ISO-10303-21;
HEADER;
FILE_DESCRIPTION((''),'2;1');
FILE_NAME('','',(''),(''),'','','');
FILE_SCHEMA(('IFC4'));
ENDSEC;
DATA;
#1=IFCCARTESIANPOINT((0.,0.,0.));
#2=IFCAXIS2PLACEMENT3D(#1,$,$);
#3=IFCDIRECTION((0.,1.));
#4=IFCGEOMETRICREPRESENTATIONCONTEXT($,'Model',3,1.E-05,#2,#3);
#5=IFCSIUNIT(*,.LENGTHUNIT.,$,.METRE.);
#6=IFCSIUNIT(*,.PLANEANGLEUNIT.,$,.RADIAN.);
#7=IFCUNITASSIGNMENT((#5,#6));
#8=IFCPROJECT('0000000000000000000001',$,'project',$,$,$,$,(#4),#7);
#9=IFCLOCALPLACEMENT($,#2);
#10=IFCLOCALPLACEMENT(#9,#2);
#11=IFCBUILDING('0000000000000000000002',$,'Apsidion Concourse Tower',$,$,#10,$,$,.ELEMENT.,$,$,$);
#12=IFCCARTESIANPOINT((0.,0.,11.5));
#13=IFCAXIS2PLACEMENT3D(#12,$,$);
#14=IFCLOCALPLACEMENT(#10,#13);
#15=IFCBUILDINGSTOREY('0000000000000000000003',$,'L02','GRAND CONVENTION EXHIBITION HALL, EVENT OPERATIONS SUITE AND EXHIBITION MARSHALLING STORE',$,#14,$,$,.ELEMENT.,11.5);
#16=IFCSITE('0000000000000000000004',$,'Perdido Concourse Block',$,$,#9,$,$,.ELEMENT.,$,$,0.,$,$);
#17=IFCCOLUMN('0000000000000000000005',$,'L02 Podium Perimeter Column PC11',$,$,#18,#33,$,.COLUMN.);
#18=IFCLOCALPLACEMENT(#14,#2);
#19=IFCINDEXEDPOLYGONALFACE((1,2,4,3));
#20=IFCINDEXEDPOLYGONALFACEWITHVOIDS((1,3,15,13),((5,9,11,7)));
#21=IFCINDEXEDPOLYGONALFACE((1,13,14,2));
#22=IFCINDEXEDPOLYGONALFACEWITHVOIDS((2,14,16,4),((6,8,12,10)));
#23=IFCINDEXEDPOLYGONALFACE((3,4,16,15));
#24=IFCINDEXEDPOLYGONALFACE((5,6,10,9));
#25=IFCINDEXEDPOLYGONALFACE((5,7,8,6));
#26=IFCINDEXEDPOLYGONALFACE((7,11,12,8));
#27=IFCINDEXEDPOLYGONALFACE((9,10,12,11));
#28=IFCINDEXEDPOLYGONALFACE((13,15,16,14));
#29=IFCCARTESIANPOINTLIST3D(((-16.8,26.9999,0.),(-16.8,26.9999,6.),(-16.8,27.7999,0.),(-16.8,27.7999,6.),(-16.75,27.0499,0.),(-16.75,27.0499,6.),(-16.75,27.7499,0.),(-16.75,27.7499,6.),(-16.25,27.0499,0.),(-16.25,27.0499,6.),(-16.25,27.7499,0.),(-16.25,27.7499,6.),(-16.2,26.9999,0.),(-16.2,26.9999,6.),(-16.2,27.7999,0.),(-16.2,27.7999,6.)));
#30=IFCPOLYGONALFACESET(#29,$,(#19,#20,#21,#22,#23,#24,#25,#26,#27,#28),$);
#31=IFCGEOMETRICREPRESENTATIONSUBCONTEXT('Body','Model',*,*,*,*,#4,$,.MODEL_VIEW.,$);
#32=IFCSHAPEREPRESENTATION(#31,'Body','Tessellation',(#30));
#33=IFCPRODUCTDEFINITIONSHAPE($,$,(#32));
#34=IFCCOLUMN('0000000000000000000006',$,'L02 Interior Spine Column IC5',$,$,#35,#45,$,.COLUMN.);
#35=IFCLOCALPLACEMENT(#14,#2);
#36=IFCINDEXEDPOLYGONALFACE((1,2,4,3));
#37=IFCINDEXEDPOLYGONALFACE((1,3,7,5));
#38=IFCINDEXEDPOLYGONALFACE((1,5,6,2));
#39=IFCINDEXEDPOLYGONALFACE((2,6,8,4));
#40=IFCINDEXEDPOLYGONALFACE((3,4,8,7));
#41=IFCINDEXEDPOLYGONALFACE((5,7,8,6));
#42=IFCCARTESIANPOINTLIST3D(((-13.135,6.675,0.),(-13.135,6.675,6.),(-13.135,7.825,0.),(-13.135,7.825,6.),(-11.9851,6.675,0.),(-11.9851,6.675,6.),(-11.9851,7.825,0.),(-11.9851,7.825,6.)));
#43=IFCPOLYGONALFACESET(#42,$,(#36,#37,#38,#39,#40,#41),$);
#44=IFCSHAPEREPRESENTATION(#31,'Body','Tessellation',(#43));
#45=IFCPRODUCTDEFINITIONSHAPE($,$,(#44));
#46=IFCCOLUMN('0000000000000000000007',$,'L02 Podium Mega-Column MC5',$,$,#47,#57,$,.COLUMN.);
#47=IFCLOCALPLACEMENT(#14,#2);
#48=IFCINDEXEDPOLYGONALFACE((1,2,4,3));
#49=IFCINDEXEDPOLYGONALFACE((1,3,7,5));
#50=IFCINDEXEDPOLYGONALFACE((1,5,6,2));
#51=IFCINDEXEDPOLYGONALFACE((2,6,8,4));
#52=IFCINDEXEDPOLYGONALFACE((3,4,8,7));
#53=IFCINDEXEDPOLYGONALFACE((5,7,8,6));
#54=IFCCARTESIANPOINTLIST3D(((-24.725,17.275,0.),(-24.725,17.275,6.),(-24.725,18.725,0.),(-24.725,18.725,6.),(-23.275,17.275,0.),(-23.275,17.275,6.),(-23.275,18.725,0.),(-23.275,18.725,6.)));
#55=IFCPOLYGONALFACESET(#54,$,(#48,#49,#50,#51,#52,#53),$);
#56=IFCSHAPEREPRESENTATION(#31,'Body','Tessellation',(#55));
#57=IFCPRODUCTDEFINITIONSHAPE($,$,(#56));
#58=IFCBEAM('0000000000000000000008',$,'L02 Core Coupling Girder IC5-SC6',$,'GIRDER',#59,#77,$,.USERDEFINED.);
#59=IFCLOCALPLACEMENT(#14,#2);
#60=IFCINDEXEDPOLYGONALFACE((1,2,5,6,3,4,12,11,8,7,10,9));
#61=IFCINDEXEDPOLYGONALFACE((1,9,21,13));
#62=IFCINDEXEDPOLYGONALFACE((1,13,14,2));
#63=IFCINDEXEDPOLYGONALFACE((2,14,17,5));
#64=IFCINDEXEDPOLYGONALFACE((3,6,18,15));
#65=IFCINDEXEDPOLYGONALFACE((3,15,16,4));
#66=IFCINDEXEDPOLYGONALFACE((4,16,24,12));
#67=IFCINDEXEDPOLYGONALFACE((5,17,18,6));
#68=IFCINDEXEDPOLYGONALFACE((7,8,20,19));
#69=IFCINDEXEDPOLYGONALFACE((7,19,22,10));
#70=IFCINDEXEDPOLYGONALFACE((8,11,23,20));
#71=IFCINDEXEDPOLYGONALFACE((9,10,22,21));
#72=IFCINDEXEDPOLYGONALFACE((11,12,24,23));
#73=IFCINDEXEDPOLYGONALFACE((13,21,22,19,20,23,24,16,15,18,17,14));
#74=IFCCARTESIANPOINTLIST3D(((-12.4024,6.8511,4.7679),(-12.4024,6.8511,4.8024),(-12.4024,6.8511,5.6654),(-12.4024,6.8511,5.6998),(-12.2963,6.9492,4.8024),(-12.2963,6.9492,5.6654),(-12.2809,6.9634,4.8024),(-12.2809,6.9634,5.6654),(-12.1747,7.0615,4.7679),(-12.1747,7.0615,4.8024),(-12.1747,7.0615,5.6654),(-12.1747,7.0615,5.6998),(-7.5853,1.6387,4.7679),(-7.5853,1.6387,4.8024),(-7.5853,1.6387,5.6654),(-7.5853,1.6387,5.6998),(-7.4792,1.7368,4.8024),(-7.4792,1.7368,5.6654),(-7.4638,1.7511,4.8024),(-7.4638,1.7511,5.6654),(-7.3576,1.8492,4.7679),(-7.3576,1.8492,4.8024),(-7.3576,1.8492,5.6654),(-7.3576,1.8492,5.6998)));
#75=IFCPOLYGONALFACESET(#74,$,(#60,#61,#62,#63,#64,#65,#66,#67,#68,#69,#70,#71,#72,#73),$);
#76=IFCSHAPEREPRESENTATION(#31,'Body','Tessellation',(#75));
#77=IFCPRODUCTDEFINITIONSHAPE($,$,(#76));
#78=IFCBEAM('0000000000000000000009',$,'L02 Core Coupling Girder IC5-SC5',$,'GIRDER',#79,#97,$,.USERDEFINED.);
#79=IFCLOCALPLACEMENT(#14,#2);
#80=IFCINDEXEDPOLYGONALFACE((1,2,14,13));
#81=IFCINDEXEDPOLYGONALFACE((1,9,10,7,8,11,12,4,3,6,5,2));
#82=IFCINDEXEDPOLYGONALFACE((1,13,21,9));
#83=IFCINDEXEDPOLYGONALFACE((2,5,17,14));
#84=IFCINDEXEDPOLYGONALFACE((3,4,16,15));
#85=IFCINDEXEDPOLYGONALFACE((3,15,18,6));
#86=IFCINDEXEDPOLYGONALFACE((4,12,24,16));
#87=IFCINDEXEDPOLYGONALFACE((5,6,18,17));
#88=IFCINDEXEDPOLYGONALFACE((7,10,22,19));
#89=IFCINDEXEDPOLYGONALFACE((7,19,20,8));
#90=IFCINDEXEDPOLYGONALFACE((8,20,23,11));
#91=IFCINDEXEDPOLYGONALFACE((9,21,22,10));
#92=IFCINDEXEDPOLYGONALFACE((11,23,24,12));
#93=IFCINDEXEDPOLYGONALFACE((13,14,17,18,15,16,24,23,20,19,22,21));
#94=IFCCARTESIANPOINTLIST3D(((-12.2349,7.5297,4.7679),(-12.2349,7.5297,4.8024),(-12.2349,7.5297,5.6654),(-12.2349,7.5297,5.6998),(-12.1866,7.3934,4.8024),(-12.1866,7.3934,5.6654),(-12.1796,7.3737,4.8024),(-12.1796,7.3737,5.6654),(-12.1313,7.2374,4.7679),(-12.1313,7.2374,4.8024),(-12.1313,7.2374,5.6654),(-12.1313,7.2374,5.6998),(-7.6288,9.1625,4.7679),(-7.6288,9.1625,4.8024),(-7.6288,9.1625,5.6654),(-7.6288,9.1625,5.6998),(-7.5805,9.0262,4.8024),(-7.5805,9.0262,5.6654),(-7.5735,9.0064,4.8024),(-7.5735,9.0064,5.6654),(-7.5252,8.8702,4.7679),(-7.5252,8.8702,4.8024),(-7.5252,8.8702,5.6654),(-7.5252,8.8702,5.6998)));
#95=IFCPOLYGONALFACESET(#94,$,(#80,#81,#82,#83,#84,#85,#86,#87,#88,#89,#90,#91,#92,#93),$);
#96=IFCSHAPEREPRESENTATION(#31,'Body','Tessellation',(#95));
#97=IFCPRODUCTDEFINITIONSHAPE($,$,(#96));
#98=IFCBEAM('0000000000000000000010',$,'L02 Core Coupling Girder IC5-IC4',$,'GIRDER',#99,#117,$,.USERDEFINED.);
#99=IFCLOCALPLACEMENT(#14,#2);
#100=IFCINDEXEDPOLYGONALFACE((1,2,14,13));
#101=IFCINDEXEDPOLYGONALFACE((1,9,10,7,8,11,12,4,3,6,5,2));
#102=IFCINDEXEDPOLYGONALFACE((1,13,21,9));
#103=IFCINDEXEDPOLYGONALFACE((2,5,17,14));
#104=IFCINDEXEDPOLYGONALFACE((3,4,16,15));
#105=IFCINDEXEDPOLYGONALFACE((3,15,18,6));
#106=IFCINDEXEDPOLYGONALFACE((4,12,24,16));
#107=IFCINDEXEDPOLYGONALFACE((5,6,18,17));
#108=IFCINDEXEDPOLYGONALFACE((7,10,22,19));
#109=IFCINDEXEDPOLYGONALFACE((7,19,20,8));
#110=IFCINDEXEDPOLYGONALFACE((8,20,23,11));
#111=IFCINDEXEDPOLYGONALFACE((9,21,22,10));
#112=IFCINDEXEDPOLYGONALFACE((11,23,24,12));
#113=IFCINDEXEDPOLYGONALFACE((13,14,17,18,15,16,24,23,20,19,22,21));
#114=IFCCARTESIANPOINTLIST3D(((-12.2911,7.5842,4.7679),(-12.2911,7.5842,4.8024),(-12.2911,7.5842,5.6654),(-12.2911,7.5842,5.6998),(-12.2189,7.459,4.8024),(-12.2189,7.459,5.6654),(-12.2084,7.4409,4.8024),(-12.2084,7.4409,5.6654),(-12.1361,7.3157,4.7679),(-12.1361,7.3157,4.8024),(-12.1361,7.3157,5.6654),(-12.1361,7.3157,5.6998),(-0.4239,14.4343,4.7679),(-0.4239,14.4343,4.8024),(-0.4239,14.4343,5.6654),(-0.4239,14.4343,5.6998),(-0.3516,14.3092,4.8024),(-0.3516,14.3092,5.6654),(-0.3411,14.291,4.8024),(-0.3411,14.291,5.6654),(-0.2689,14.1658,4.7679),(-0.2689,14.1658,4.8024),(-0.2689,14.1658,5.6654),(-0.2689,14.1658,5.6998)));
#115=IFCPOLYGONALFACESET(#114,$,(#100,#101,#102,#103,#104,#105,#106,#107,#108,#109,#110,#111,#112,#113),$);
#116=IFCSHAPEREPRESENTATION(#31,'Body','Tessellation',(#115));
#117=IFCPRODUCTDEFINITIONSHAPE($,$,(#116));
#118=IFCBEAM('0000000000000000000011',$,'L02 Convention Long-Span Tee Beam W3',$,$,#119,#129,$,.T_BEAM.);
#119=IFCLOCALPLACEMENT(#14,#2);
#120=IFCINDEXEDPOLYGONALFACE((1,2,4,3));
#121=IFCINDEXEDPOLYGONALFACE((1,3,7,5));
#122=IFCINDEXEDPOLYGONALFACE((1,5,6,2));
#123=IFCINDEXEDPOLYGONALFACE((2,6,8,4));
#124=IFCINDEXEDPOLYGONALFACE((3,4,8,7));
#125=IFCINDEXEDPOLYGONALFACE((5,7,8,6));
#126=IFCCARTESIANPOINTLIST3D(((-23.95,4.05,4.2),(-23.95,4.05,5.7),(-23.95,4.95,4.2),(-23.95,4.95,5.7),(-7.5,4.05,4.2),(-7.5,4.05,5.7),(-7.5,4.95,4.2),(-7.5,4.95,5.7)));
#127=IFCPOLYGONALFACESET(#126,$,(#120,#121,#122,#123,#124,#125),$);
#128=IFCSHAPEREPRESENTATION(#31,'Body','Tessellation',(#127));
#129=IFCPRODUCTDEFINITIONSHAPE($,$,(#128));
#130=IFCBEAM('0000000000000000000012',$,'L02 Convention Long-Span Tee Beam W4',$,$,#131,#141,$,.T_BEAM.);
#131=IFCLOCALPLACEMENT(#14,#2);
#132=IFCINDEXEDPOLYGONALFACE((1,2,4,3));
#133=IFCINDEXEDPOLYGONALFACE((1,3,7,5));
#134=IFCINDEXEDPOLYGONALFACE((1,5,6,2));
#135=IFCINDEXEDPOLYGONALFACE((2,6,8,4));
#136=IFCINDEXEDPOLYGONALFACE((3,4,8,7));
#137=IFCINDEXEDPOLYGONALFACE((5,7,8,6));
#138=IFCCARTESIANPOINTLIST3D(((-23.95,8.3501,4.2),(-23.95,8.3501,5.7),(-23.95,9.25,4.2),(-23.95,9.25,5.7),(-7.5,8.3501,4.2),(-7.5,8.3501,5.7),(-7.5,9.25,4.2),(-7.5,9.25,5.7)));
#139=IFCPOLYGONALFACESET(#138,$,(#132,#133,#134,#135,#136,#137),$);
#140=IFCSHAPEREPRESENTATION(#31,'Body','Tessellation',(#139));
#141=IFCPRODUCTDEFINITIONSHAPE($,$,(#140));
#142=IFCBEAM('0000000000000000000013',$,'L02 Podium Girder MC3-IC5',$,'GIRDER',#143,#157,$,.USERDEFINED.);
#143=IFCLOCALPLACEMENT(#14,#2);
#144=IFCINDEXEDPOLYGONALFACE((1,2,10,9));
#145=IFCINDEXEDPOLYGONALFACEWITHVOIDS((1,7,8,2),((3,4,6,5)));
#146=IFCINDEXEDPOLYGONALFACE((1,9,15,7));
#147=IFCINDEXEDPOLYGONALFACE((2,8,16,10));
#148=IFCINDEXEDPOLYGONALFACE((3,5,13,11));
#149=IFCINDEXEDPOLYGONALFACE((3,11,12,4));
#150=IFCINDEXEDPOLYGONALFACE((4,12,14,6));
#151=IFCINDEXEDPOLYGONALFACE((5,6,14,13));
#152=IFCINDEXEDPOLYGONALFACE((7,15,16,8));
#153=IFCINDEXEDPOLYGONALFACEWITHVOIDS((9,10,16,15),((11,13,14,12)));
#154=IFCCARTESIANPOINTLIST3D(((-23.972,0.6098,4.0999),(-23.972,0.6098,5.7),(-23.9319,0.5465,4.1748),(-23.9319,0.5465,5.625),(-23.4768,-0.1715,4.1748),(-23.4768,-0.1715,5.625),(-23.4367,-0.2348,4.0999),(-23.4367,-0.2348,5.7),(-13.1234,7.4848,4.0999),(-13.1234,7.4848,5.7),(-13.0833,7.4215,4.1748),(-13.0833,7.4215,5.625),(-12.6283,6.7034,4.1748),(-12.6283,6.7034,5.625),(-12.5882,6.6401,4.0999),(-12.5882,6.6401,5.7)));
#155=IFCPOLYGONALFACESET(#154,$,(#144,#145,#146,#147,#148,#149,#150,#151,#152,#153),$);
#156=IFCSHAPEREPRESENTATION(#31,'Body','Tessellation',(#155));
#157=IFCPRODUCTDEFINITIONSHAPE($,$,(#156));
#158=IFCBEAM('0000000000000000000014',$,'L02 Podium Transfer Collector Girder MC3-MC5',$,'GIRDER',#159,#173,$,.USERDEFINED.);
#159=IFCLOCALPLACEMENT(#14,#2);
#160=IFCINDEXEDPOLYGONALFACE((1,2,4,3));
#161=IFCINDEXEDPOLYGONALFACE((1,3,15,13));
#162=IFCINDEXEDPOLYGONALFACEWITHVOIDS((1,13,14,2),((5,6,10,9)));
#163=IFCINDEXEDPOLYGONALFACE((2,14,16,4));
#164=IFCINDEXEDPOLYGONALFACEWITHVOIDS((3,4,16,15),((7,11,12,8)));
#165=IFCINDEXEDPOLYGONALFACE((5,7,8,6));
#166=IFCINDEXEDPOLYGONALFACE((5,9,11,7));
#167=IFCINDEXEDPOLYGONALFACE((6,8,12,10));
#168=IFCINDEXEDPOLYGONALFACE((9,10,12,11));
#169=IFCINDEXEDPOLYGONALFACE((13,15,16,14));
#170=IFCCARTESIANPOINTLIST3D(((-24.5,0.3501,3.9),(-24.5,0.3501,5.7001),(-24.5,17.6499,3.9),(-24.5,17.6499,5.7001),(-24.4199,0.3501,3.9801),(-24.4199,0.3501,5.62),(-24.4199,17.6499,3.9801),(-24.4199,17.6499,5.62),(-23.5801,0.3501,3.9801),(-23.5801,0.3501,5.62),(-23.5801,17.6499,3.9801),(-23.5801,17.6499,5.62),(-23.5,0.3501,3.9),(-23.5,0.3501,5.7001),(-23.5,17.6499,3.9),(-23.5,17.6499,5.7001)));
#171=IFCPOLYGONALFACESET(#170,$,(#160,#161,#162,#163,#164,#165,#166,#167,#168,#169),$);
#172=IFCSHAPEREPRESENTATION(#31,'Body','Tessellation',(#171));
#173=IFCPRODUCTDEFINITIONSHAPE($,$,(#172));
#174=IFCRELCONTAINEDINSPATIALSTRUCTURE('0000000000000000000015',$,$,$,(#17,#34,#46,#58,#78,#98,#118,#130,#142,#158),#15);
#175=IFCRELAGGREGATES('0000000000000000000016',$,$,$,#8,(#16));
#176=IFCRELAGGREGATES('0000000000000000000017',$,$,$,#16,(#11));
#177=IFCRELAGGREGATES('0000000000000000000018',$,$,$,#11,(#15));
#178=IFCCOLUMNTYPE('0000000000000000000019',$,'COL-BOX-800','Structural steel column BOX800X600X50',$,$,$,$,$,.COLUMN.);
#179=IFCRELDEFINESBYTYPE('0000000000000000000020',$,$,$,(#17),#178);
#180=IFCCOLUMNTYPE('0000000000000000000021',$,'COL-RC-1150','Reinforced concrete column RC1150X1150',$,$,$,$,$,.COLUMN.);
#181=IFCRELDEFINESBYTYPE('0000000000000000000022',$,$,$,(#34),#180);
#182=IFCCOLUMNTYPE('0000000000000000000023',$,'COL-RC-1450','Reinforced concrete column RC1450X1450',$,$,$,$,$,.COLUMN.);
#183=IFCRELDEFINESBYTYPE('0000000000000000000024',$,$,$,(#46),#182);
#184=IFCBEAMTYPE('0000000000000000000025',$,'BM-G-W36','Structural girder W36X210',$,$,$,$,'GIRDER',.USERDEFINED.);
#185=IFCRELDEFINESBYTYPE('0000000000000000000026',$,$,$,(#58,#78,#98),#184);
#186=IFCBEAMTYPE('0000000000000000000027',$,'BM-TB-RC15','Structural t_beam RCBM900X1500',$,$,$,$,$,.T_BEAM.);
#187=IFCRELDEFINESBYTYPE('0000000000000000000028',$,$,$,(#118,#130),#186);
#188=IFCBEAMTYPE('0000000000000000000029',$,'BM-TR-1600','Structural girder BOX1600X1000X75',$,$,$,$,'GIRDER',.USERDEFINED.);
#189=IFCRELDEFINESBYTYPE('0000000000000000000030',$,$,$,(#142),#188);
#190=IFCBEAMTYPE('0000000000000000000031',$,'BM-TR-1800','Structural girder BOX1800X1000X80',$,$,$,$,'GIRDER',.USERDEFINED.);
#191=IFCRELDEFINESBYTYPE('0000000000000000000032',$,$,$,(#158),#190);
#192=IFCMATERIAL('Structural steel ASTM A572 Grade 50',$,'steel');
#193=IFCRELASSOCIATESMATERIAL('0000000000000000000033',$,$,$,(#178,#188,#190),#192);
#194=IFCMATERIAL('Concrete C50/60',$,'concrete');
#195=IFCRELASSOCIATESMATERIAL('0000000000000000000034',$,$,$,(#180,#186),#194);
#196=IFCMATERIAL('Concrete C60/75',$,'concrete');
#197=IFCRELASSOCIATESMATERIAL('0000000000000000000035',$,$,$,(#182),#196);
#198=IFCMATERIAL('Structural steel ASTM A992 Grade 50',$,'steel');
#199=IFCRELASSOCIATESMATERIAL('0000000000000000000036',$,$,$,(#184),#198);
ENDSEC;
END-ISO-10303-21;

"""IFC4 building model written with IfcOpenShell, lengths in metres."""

from ifc_helpers import new_model, si_unit, direction, frame, origin, origin_2d, place, context, subcontext, project, spatial, rectangle, hollow_rectangle, i_section, extrude, material, material_profile, profile_set, type_object, element, save


model = new_model("IFC4")

# Units and contexts
model_context = context("Model", 3, precision=1e-05, world=origin(), true_north=direction((0.0, 1.0)))
body_context = subcontext(model_context, "Body", "Model", "MODEL_VIEW")
ifc_project = project(units=[si_unit("LENGTHUNIT", "METRE"), si_unit("PLANEANGLEUNIT", "RADIAN")], contexts=[model_context])

# Site, building, storey
site_placement = place(None, origin())
site = spatial("IfcSite", under=ifc_project, at=site_placement, Name="Perdido Concourse Block", CompositionType="ELEMENT", RefElevation=0.0)
building_placement = place(site_placement, origin())
building = spatial("IfcBuilding", under=site, at=building_placement, Name="Apsidion Concourse Tower", CompositionType="ELEMENT")
storey_placement = place(building_placement, frame((0.0, 0.0, 11.5)))
storey = spatial("IfcBuildingStorey", under=building, at=storey_placement, Name="L02", Description="GRAND CONVENTION EXHIBITION HALL, EVENT OPERATIONS SUITE AND EXHIBITION MARSHALLING STORE", CompositionType="ELEMENT", Elevation=11.5)

# Columns
ifc_material_1 = material(Name="Structural steel ASTM A572 Grade 50", Category="steel")
ifc_material_profile_1 = material_profile(ifc_material_1, hollow_rectangle(XDim=0.6001, YDim=0.8, WallThickness=0.05, at=origin_2d()), Name="BOX800X600X50")
ifc_profile_set_1 = profile_set([ifc_material_profile_1], Name="Structural steel ASTM A572 Grade 50")
column_type_1 = type_object("IfcColumnType", Name="COL-BOX-800", Description="Structural steel column BOX800X600X50", PredefinedType="COLUMN", material=ifc_profile_set_1)
column_1_placement = place(storey_placement, frame((-16.5, 27.3999, 0.0), z_axis=(0.0, 0.0, 1.0), x_axis=(1.0, 0.0, 0.0)))
element("IfcColumn", 1, at=column_1_placement, inside=storey, type_object=column_type_1, Name="L02 Podium Perimeter Column PC11", PredefinedType="COLUMN", context=body_context, shape_type="SweptSolid", body=[
    extrude(hollow_rectangle(XDim=0.6001, YDim=0.8, WallThickness=0.05, at=origin_2d()), origin(), (0.0, 0.0, 1.0), 6.0),
])
ifc_material_2 = material(Name="Concrete C50/60", Category="concrete")
ifc_material_profile_2 = material_profile(ifc_material_2, rectangle(XDim=1.1499, YDim=1.1499, at=origin_2d()), Name="RC 1150x1150")
ifc_profile_set_2 = profile_set([ifc_material_profile_2], Name="Concrete C50/60")
column_type_2 = type_object("IfcColumnType", Name="COL-RC-1150", Description="Reinforced concrete column RC1150X1150", PredefinedType="COLUMN", material=ifc_profile_set_2)
column_2_placement = place(storey_placement, frame((-12.5601, 7.25, 0.0), z_axis=(0.0, 0.0, 1.0), x_axis=(1.0, 0.0, 0.0)))
element("IfcColumn", 2, at=column_2_placement, inside=storey, type_object=column_type_2, Name="L02 Interior Spine Column IC5", PredefinedType="COLUMN", context=body_context, shape_type="SweptSolid", body=[
    extrude(rectangle(XDim=1.1499, YDim=1.1499, at=origin_2d()), origin(), (0.0, 0.0, 1.0), 6.0),
])
ifc_material_3 = material(Name="Concrete C60/75", Category="concrete")
ifc_material_profile_3 = material_profile(ifc_material_3, rectangle(XDim=1.45, YDim=1.45, at=origin_2d()), Name="RC 1450x1450")
ifc_profile_set_3 = profile_set([ifc_material_profile_3], Name="Concrete C60/75")
column_type_3 = type_object("IfcColumnType", Name="COL-RC-1450", Description="Reinforced concrete column RC1450X1450", PredefinedType="COLUMN", material=ifc_profile_set_3)
column_3_placement = place(storey_placement, frame((-24.0, 18.0, 0.0), z_axis=(0.0, 0.0, 1.0), x_axis=(1.0, 0.0, 0.0)))
element("IfcColumn", 3, at=column_3_placement, inside=storey, type_object=column_type_3, Name="L02 Podium Mega-Column MC5", PredefinedType="COLUMN", context=body_context, shape_type="SweptSolid", body=[
    extrude(rectangle(XDim=1.45, YDim=1.45, at=origin_2d()), origin(), (0.0, 0.0, 1.0), 6.0),
])

# Beams
ifc_material_4 = material(Name="Structural steel ASTM A992 Grade 50", Category="steel")
ifc_material_profile_4 = material_profile(ifc_material_4, i_section(OverallWidth=0.3101, OverallDepth=0.9319, WebThickness=0.021, FlangeThickness=0.0344, at=origin_2d()), Name="W36X210")
ifc_profile_set_4 = profile_set([ifc_material_profile_4], Name="Structural steel ASTM A992 Grade 50")
beam_type_1 = type_object("IfcBeamType", Name="BM-G-W36", Description="Structural girder W36X210", ElementType="GIRDER", PredefinedType="USERDEFINED", material=ifc_profile_set_4)
beam_1_placement = place(storey_placement, frame((-12.2886, 6.9563, 5.2339), z_axis=(0.678713, -0.734404, 0.0), x_axis=(0.734404, 0.678713, 0.0)))
element("IfcBeam", 4, at=beam_1_placement, inside=storey, type_object=beam_type_1, Name="L02 Core Coupling Girder IC5-SC6", ObjectType="GIRDER", PredefinedType="USERDEFINED", context=body_context, shape_type="SweptSolid", body=[
    extrude(i_section(OverallWidth=0.3101, OverallDepth=0.9319, WebThickness=0.021, FlangeThickness=0.0344, at=origin_2d()), origin(), (0.0, 0.0, 1.0), 7.0974),
])
beam_2_placement = place(storey_placement, frame((-12.1831, 7.3835, 5.2339), z_axis=(0.942534, 0.334111, 0.0), x_axis=(-0.334111, 0.942534, 0.0)))
element("IfcBeam", 5, at=beam_2_placement, inside=storey, type_object=beam_type_1, Name="L02 Core Coupling Girder IC5-SC5", ObjectType="GIRDER", PredefinedType="USERDEFINED", context=body_context, shape_type="SweptSolid", body=[
    extrude(i_section(OverallWidth=0.3101, OverallDepth=0.9319, WebThickness=0.021, FlangeThickness=0.0344, at=origin_2d()), origin(), (0.0, 0.0, 1.0), 4.887),
])
beam_3_placement = place(storey_placement, frame((-12.2136, 7.45, 5.2339), z_axis=(0.86607, 0.499922, 0.0), x_axis=(-0.499922, 0.86607, 0.0)))
element("IfcBeam", 6, at=beam_3_placement, inside=storey, type_object=beam_type_1, Name="L02 Core Coupling Girder IC5-IC4", ObjectType="GIRDER", PredefinedType="USERDEFINED", context=body_context, shape_type="SweptSolid", body=[
    extrude(i_section(OverallWidth=0.3101, OverallDepth=0.9319, WebThickness=0.021, FlangeThickness=0.0344, at=origin_2d()), origin(), (0.0, 0.0, 1.0), 13.7024),
])
ifc_material_profile_5 = material_profile(ifc_material_2, rectangle(XDim=0.8999, YDim=1.5, at=origin_2d()), Name="RC 900x1500")
ifc_profile_set_5 = profile_set([ifc_material_profile_5], Name="Concrete C50/60")
beam_type_2 = type_object("IfcBeamType", Name="BM-TB-RC15", Description="Structural t_beam RCBM900X1500", PredefinedType="T_BEAM", material=ifc_profile_set_5)
for number, where, z_axis, x_axis, name in (
    (7, (-23.95, 4.5, 4.95), (1.0, 0.0, 0.0), (0.0, 1.0, 0.0), "L02 Convention Long-Span Tee Beam W3"),
    (8, (-23.95, 8.8, 4.95), (1.0, 0.0, 0.0), (0.0, 1.0, 0.0), "L02 Convention Long-Span Tee Beam W4"),
):
    element("IfcBeam", number, at=place(storey_placement, frame(where, z_axis=z_axis, x_axis=x_axis)), inside=storey, type_object=beam_type_2, Name=name, PredefinedType="T_BEAM", context=body_context, shape_type="SweptSolid", body=[
        extrude(rectangle(XDim=0.8999, YDim=1.5, at=origin_2d()), origin(), (0.0, 0.0, 1.0), 16.45),
    ])
ifc_material_profile_6 = material_profile(ifc_material_1, hollow_rectangle(XDim=1.0, YDim=1.6001, WallThickness=0.075, at=origin_2d()), Name="BOX1600X1000X75")
ifc_profile_set_6 = profile_set([ifc_material_profile_6], Name="Structural steel ASTM A572 Grade 50")
beam_type_3 = type_object("IfcBeamType", Name="BM-TR-1600", Description="Structural girder BOX1600X1000X75", ElementType="GIRDER", PredefinedType="USERDEFINED", material=ifc_profile_set_6)
beam_4_placement = place(storey_placement, frame((-23.7043, 0.1875, 4.8999), z_axis=(0.844671, 0.535285, 0.0), x_axis=(-0.535285, 0.844671, 0.0)))
element("IfcBeam", 9, at=beam_4_placement, inside=storey, type_object=beam_type_3, Name="L02 Podium Girder MC3-IC5", ObjectType="GIRDER", PredefinedType="USERDEFINED", context=body_context, shape_type="SweptSolid", body=[
    extrude(hollow_rectangle(XDim=1.0, YDim=1.6001, WallThickness=0.075, at=origin_2d()), origin(), (0.0, 0.0, 1.0), 12.8435),
])
ifc_material_profile_7 = material_profile(ifc_material_1, hollow_rectangle(XDim=1.0, YDim=1.8, WallThickness=0.0801, at=origin_2d()), Name="BOX1800X1000X80")
ifc_profile_set_7 = profile_set([ifc_material_profile_7], Name="Structural steel ASTM A572 Grade 50")
beam_type_4 = type_object("IfcBeamType", Name="BM-TR-1800", Description="Structural girder BOX1800X1000X80", ElementType="GIRDER", PredefinedType="USERDEFINED", material=ifc_profile_set_7)
beam_5_placement = place(storey_placement, frame((-24.0, 0.3501, 4.8), z_axis=(0.0, 1.0, 0.0), x_axis=(-1.0, 0.0, 0.0)))
element("IfcBeam", 10, at=beam_5_placement, inside=storey, type_object=beam_type_4, Name="L02 Podium Transfer Collector Girder MC3-MC5", ObjectType="GIRDER", PredefinedType="USERDEFINED", context=body_context, shape_type="SweptSolid", body=[
    extrude(hollow_rectangle(XDim=1.0, YDim=1.8, WallThickness=0.0801, at=origin_2d()), origin(), (0.0, 0.0, 1.0), 17.2998),
])

save(model, "model.ifc")
